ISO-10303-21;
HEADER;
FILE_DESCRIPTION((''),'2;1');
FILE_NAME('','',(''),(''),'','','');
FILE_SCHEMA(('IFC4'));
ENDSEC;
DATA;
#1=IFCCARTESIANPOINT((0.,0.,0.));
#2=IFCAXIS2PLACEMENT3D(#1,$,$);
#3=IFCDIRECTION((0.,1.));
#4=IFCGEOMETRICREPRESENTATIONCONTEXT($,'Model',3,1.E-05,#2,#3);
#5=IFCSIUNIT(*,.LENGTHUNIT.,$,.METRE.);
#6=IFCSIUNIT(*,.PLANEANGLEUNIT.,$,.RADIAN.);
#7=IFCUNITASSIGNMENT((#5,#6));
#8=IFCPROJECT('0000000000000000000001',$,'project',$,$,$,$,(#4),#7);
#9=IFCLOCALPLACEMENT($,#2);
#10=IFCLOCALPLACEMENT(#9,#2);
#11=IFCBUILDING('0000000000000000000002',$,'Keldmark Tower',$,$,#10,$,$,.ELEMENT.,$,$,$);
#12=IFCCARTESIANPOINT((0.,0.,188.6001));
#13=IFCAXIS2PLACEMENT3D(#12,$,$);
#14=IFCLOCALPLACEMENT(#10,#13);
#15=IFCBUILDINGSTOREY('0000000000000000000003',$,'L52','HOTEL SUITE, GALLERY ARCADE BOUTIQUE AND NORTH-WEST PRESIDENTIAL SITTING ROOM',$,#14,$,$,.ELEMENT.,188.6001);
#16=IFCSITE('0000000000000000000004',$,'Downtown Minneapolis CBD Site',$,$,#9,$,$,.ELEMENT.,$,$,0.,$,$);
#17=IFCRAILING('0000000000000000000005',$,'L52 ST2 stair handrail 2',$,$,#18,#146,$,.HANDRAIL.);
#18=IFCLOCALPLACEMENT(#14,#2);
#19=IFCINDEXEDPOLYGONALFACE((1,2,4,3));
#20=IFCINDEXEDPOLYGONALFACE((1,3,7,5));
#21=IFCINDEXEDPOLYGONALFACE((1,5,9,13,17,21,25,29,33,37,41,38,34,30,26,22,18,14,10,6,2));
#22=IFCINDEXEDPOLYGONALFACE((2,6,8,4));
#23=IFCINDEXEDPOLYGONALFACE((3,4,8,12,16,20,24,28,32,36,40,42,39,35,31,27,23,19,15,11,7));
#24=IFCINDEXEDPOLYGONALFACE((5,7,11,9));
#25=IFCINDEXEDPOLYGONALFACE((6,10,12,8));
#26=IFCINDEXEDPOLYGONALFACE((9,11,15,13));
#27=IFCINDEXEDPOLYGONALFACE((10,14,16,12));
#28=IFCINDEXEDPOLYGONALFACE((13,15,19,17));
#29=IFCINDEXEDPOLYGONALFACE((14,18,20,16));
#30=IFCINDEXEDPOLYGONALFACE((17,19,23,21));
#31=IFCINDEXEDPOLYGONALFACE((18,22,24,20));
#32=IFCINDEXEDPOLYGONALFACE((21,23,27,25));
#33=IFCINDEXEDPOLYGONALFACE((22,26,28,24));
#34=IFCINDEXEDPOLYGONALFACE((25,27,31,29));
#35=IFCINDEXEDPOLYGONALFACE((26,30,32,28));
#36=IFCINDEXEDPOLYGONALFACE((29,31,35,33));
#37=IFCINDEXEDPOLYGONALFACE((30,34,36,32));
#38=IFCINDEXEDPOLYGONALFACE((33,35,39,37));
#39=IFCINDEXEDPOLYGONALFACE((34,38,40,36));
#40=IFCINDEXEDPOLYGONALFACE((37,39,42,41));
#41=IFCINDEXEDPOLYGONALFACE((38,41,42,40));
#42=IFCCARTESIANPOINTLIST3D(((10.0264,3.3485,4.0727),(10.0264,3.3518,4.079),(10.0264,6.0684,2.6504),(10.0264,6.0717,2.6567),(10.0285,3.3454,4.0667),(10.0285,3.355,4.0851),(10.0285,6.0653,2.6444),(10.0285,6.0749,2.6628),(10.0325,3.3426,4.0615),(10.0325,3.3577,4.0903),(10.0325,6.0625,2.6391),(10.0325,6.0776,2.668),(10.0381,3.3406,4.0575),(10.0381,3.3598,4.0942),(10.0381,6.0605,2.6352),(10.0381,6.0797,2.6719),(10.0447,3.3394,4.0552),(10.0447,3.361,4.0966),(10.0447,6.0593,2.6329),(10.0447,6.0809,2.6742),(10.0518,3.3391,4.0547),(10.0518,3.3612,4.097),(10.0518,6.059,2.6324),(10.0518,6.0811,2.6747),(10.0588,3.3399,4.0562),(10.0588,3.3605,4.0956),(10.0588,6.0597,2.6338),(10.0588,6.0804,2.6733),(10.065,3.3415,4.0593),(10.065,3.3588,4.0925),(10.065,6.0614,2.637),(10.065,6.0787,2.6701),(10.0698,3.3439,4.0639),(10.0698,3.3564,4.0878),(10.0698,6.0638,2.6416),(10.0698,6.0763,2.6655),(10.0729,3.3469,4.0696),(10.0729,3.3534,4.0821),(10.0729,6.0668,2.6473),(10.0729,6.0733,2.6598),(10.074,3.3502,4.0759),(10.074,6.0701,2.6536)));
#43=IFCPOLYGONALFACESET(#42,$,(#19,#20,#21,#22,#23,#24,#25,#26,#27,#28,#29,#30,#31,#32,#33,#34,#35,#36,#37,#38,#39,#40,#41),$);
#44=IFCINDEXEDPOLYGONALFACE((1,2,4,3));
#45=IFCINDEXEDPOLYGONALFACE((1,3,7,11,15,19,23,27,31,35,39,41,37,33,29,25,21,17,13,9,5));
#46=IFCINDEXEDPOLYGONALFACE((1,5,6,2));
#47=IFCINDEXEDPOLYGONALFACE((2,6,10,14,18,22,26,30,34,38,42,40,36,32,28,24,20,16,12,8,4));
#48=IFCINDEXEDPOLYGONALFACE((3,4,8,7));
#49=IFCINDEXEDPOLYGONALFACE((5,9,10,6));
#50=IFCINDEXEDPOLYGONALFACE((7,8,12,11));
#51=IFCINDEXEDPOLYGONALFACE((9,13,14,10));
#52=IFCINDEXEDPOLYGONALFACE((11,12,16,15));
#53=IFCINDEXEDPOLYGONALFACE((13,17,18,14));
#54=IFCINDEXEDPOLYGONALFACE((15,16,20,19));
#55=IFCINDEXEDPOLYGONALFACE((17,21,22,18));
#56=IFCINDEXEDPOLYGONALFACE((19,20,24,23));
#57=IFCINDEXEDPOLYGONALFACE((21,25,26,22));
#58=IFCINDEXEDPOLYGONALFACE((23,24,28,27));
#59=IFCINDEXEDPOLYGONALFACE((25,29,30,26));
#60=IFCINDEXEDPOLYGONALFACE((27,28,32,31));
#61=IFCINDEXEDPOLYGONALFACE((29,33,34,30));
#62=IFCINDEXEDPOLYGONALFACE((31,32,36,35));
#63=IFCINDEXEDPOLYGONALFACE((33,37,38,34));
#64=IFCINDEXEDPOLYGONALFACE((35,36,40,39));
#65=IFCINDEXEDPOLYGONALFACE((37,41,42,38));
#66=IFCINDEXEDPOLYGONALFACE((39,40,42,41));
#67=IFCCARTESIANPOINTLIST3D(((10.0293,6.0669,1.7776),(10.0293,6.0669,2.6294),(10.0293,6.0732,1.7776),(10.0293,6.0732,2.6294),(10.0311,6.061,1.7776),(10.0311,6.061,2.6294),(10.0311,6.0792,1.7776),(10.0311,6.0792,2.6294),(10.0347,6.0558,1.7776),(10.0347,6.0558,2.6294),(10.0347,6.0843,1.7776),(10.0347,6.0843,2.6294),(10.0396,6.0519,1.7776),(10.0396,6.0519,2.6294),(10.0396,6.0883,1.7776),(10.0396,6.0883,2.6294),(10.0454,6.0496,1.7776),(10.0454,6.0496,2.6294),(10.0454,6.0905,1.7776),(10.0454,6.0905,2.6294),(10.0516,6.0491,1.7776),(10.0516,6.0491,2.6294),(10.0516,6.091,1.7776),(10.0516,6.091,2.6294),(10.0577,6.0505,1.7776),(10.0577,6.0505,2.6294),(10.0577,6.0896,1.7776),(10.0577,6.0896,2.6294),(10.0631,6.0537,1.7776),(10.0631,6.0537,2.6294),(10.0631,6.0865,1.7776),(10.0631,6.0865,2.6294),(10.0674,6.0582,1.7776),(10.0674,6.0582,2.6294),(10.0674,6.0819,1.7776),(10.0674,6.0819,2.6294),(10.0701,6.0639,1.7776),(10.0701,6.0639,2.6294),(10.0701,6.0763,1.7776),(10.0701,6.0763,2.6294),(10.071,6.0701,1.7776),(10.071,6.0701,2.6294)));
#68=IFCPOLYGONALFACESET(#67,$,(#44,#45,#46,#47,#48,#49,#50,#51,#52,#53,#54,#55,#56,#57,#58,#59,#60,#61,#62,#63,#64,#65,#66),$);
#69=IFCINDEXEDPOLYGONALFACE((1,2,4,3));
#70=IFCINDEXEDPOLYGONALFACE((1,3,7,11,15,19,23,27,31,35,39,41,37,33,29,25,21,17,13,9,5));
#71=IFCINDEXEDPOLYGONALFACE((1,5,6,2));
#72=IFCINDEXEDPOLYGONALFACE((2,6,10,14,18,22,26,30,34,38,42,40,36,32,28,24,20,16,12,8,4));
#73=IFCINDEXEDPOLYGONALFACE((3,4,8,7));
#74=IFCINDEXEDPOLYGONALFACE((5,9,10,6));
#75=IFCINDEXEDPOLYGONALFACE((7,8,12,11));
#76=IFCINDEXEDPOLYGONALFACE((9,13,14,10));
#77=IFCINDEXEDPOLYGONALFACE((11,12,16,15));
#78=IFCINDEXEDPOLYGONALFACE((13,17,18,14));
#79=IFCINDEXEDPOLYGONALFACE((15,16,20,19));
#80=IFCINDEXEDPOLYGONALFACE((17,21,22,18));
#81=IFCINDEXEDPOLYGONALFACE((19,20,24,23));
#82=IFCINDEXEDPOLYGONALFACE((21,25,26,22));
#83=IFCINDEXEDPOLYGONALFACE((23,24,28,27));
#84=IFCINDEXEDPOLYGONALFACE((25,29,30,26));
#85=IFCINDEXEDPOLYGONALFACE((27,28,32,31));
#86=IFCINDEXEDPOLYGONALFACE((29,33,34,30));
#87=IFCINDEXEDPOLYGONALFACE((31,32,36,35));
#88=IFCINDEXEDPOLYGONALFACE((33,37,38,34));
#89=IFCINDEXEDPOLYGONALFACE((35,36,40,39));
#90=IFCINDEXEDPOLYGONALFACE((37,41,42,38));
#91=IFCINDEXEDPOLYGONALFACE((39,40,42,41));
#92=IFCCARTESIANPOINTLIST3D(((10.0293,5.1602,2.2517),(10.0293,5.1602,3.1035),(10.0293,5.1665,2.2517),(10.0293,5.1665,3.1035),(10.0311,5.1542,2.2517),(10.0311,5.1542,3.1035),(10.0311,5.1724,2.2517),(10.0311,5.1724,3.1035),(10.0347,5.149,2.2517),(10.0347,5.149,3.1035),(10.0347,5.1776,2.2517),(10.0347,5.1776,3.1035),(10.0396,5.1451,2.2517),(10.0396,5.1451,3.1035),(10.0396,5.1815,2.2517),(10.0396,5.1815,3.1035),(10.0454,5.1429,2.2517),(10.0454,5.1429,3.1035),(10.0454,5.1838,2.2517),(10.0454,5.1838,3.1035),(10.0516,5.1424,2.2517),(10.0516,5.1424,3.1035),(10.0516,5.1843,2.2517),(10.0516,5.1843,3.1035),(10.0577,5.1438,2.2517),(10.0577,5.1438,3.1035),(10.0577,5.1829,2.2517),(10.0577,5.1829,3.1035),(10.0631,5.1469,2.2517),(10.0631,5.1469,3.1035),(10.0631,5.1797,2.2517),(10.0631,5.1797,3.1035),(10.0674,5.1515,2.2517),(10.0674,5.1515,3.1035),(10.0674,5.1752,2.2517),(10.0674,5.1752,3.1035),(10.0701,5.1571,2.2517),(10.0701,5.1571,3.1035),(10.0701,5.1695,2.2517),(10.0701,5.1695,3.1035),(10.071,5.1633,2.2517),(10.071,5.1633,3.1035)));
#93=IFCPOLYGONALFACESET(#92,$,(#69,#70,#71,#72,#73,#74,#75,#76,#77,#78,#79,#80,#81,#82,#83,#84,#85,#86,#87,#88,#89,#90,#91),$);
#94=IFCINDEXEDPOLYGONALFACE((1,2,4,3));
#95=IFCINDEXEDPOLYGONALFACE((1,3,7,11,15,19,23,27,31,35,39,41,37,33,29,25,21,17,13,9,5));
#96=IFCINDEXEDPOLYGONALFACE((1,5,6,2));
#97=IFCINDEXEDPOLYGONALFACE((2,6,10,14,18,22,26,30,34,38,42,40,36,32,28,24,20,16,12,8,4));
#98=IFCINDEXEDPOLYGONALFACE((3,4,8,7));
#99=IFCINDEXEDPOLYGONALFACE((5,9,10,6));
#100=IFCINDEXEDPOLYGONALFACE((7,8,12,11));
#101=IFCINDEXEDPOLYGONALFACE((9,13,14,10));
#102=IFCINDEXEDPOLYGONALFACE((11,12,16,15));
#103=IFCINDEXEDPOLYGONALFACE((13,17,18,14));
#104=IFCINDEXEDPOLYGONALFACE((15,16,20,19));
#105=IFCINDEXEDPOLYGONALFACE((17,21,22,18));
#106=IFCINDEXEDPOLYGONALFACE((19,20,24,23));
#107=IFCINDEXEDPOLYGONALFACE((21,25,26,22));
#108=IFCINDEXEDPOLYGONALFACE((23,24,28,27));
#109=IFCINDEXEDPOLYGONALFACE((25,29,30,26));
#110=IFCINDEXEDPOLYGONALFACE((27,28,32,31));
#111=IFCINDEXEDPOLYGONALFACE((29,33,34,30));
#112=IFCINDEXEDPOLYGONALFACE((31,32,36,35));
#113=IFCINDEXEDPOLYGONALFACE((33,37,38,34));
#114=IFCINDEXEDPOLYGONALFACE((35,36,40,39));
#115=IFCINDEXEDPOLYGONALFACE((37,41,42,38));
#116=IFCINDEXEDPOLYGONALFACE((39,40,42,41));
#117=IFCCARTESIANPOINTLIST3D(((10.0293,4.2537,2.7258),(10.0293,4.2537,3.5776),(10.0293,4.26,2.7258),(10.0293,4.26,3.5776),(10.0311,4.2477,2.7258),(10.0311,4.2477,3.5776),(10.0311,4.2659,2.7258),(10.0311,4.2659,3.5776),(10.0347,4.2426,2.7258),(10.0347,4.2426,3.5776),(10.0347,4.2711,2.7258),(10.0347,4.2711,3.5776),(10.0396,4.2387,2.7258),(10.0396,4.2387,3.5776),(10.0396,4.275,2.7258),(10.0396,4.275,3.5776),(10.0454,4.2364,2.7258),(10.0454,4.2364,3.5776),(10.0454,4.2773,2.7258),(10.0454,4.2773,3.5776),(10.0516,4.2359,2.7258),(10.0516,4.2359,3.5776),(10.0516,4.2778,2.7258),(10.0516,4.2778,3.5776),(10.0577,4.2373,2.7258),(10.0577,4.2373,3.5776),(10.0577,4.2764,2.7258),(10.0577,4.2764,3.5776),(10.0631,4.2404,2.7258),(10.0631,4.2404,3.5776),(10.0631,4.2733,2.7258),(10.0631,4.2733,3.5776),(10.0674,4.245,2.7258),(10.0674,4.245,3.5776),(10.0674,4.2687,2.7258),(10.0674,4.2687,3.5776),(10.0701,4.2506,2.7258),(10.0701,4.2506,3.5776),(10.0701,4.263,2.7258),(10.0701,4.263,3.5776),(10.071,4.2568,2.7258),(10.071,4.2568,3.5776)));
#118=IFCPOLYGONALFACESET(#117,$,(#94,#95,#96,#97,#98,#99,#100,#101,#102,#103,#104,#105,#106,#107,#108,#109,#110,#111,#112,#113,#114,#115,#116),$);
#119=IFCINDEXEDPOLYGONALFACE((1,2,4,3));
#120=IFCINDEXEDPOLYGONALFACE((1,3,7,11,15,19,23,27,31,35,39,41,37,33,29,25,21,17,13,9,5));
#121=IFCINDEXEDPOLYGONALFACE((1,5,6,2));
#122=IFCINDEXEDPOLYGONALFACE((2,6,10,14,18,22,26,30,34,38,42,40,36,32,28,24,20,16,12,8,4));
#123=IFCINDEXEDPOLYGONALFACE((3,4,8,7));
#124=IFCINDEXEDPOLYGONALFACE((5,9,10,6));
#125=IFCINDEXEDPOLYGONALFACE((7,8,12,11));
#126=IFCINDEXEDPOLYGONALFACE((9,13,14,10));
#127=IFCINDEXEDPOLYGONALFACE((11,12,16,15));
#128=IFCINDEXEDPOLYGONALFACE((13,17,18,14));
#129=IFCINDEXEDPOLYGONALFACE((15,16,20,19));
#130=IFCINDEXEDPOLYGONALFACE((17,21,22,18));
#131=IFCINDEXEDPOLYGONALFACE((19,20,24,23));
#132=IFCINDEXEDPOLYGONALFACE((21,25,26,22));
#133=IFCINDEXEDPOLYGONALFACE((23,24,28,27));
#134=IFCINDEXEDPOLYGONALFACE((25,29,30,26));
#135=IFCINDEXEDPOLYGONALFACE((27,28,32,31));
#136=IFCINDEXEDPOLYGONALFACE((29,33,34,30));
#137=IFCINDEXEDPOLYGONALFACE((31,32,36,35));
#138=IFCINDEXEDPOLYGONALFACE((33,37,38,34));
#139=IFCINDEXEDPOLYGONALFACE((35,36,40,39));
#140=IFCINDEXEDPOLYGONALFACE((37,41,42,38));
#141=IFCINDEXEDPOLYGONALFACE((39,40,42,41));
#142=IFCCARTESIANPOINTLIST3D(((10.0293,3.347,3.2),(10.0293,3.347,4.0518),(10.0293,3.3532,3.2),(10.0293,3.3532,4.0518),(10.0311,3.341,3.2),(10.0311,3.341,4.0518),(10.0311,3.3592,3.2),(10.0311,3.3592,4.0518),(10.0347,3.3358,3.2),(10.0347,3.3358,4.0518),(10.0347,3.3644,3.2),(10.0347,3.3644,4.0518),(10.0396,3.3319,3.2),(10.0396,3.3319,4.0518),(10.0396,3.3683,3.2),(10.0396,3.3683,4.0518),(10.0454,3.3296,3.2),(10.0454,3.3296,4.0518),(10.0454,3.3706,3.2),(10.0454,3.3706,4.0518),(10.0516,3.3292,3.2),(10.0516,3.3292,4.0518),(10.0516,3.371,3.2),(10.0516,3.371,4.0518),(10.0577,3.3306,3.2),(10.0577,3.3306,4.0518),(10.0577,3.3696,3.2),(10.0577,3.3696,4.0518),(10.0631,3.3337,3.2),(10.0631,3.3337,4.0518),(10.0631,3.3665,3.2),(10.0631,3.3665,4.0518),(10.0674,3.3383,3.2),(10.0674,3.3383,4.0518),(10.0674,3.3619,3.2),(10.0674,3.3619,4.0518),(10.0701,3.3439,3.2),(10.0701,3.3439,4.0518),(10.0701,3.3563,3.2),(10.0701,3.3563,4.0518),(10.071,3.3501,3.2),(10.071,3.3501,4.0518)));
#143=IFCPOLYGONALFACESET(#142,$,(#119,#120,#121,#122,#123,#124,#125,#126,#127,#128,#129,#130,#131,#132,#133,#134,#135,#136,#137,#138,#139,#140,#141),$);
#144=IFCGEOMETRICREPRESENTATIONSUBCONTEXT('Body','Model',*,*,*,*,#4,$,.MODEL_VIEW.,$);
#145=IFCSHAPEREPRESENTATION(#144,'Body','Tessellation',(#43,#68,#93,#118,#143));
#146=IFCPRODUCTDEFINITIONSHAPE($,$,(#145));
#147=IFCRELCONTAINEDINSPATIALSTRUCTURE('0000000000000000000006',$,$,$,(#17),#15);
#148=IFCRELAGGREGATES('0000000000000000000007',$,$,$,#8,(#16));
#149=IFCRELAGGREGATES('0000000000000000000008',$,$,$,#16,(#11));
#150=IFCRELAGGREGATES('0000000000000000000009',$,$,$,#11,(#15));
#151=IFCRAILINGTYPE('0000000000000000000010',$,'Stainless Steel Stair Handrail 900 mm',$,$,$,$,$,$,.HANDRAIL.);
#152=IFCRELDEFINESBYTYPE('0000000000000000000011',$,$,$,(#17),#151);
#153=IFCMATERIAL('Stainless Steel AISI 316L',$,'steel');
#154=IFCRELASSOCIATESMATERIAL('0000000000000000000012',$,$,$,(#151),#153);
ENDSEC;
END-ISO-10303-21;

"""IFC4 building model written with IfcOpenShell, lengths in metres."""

from ifc_helpers import new_model, si_unit, direction, frame, origin, origin_2d, place, context, subcontext, project, spatial, circle, extrude, material, type_object, element, save


model = new_model("IFC4")

# Units and contexts
model_context = context("Model", 3, precision=1e-05, world=origin(), true_north=direction((0.0, 1.0)))
body_context = subcontext(model_context, "Body", "Model", "MODEL_VIEW")
ifc_project = project(units=[si_unit("LENGTHUNIT", "METRE"), si_unit("PLANEANGLEUNIT", "RADIAN")], contexts=[model_context])

# Site, building, storey
site_placement = place(None, origin())
site = spatial("IfcSite", under=ifc_project, at=site_placement, Name="Downtown Minneapolis CBD Site", CompositionType="ELEMENT", RefElevation=0.0)
building_placement = place(site_placement, origin())
building = spatial("IfcBuilding", under=site, at=building_placement, Name="Keldmark Tower", CompositionType="ELEMENT")
storey_placement = place(building_placement, frame((0.0, 0.0, 188.6001)))
storey = spatial("IfcBuildingStorey", under=building, at=storey_placement, Name="L52", Description="HOTEL SUITE, GALLERY ARCADE BOUTIQUE AND NORTH-WEST PRESIDENTIAL SITTING ROOM", CompositionType="ELEMENT", Elevation=188.6001)

# Railing
ifc_material_1 = material(Name="Stainless Steel AISI 316L", Category="steel")
railing_type = type_object("IfcRailingType", Name="Stainless Steel Stair Handrail 900 mm", PredefinedType="HANDRAIL", material=ifc_material_1)
railing_placement = place(storey_placement, frame((10.05, 6.0701, 1.7776)))
element("IfcRailing", 1, at=railing_placement, inside=storey, type_object=railing_type, Name="L52 ST2 stair handrail 2", PredefinedType="HANDRAIL", context=body_context, shape_type="SweptSolid", body=[
    extrude(circle(Radius=0.0239, at=origin_2d()), frame((0.0, 0.0, 0.876), z_axis=(0.0, -0.88615, 0.463398), x_axis=(1.0, 0.0, 0.0)), (0.0, 0.0, 1.0), 3.0693),
    extrude(circle(Radius=0.021, at=origin_2d()), origin(), (0.0, 0.0, 1.0), 0.8518),
    extrude(circle(Radius=0.021, at=origin_2d()), frame((0.0, -0.9067, 0.4741)), (0.0, 0.0, 1.0), 0.8518),
    extrude(circle(Radius=0.021, at=origin_2d()), frame((0.0, -1.8132, 0.9482)), (0.0, 0.0, 1.0), 0.8518),
    extrude(circle(Radius=0.021, at=origin_2d()), frame((0.0, -2.72, 1.4224)), (0.0, 0.0, 1.0), 0.8518),
])

save(model, "model.ifc")
